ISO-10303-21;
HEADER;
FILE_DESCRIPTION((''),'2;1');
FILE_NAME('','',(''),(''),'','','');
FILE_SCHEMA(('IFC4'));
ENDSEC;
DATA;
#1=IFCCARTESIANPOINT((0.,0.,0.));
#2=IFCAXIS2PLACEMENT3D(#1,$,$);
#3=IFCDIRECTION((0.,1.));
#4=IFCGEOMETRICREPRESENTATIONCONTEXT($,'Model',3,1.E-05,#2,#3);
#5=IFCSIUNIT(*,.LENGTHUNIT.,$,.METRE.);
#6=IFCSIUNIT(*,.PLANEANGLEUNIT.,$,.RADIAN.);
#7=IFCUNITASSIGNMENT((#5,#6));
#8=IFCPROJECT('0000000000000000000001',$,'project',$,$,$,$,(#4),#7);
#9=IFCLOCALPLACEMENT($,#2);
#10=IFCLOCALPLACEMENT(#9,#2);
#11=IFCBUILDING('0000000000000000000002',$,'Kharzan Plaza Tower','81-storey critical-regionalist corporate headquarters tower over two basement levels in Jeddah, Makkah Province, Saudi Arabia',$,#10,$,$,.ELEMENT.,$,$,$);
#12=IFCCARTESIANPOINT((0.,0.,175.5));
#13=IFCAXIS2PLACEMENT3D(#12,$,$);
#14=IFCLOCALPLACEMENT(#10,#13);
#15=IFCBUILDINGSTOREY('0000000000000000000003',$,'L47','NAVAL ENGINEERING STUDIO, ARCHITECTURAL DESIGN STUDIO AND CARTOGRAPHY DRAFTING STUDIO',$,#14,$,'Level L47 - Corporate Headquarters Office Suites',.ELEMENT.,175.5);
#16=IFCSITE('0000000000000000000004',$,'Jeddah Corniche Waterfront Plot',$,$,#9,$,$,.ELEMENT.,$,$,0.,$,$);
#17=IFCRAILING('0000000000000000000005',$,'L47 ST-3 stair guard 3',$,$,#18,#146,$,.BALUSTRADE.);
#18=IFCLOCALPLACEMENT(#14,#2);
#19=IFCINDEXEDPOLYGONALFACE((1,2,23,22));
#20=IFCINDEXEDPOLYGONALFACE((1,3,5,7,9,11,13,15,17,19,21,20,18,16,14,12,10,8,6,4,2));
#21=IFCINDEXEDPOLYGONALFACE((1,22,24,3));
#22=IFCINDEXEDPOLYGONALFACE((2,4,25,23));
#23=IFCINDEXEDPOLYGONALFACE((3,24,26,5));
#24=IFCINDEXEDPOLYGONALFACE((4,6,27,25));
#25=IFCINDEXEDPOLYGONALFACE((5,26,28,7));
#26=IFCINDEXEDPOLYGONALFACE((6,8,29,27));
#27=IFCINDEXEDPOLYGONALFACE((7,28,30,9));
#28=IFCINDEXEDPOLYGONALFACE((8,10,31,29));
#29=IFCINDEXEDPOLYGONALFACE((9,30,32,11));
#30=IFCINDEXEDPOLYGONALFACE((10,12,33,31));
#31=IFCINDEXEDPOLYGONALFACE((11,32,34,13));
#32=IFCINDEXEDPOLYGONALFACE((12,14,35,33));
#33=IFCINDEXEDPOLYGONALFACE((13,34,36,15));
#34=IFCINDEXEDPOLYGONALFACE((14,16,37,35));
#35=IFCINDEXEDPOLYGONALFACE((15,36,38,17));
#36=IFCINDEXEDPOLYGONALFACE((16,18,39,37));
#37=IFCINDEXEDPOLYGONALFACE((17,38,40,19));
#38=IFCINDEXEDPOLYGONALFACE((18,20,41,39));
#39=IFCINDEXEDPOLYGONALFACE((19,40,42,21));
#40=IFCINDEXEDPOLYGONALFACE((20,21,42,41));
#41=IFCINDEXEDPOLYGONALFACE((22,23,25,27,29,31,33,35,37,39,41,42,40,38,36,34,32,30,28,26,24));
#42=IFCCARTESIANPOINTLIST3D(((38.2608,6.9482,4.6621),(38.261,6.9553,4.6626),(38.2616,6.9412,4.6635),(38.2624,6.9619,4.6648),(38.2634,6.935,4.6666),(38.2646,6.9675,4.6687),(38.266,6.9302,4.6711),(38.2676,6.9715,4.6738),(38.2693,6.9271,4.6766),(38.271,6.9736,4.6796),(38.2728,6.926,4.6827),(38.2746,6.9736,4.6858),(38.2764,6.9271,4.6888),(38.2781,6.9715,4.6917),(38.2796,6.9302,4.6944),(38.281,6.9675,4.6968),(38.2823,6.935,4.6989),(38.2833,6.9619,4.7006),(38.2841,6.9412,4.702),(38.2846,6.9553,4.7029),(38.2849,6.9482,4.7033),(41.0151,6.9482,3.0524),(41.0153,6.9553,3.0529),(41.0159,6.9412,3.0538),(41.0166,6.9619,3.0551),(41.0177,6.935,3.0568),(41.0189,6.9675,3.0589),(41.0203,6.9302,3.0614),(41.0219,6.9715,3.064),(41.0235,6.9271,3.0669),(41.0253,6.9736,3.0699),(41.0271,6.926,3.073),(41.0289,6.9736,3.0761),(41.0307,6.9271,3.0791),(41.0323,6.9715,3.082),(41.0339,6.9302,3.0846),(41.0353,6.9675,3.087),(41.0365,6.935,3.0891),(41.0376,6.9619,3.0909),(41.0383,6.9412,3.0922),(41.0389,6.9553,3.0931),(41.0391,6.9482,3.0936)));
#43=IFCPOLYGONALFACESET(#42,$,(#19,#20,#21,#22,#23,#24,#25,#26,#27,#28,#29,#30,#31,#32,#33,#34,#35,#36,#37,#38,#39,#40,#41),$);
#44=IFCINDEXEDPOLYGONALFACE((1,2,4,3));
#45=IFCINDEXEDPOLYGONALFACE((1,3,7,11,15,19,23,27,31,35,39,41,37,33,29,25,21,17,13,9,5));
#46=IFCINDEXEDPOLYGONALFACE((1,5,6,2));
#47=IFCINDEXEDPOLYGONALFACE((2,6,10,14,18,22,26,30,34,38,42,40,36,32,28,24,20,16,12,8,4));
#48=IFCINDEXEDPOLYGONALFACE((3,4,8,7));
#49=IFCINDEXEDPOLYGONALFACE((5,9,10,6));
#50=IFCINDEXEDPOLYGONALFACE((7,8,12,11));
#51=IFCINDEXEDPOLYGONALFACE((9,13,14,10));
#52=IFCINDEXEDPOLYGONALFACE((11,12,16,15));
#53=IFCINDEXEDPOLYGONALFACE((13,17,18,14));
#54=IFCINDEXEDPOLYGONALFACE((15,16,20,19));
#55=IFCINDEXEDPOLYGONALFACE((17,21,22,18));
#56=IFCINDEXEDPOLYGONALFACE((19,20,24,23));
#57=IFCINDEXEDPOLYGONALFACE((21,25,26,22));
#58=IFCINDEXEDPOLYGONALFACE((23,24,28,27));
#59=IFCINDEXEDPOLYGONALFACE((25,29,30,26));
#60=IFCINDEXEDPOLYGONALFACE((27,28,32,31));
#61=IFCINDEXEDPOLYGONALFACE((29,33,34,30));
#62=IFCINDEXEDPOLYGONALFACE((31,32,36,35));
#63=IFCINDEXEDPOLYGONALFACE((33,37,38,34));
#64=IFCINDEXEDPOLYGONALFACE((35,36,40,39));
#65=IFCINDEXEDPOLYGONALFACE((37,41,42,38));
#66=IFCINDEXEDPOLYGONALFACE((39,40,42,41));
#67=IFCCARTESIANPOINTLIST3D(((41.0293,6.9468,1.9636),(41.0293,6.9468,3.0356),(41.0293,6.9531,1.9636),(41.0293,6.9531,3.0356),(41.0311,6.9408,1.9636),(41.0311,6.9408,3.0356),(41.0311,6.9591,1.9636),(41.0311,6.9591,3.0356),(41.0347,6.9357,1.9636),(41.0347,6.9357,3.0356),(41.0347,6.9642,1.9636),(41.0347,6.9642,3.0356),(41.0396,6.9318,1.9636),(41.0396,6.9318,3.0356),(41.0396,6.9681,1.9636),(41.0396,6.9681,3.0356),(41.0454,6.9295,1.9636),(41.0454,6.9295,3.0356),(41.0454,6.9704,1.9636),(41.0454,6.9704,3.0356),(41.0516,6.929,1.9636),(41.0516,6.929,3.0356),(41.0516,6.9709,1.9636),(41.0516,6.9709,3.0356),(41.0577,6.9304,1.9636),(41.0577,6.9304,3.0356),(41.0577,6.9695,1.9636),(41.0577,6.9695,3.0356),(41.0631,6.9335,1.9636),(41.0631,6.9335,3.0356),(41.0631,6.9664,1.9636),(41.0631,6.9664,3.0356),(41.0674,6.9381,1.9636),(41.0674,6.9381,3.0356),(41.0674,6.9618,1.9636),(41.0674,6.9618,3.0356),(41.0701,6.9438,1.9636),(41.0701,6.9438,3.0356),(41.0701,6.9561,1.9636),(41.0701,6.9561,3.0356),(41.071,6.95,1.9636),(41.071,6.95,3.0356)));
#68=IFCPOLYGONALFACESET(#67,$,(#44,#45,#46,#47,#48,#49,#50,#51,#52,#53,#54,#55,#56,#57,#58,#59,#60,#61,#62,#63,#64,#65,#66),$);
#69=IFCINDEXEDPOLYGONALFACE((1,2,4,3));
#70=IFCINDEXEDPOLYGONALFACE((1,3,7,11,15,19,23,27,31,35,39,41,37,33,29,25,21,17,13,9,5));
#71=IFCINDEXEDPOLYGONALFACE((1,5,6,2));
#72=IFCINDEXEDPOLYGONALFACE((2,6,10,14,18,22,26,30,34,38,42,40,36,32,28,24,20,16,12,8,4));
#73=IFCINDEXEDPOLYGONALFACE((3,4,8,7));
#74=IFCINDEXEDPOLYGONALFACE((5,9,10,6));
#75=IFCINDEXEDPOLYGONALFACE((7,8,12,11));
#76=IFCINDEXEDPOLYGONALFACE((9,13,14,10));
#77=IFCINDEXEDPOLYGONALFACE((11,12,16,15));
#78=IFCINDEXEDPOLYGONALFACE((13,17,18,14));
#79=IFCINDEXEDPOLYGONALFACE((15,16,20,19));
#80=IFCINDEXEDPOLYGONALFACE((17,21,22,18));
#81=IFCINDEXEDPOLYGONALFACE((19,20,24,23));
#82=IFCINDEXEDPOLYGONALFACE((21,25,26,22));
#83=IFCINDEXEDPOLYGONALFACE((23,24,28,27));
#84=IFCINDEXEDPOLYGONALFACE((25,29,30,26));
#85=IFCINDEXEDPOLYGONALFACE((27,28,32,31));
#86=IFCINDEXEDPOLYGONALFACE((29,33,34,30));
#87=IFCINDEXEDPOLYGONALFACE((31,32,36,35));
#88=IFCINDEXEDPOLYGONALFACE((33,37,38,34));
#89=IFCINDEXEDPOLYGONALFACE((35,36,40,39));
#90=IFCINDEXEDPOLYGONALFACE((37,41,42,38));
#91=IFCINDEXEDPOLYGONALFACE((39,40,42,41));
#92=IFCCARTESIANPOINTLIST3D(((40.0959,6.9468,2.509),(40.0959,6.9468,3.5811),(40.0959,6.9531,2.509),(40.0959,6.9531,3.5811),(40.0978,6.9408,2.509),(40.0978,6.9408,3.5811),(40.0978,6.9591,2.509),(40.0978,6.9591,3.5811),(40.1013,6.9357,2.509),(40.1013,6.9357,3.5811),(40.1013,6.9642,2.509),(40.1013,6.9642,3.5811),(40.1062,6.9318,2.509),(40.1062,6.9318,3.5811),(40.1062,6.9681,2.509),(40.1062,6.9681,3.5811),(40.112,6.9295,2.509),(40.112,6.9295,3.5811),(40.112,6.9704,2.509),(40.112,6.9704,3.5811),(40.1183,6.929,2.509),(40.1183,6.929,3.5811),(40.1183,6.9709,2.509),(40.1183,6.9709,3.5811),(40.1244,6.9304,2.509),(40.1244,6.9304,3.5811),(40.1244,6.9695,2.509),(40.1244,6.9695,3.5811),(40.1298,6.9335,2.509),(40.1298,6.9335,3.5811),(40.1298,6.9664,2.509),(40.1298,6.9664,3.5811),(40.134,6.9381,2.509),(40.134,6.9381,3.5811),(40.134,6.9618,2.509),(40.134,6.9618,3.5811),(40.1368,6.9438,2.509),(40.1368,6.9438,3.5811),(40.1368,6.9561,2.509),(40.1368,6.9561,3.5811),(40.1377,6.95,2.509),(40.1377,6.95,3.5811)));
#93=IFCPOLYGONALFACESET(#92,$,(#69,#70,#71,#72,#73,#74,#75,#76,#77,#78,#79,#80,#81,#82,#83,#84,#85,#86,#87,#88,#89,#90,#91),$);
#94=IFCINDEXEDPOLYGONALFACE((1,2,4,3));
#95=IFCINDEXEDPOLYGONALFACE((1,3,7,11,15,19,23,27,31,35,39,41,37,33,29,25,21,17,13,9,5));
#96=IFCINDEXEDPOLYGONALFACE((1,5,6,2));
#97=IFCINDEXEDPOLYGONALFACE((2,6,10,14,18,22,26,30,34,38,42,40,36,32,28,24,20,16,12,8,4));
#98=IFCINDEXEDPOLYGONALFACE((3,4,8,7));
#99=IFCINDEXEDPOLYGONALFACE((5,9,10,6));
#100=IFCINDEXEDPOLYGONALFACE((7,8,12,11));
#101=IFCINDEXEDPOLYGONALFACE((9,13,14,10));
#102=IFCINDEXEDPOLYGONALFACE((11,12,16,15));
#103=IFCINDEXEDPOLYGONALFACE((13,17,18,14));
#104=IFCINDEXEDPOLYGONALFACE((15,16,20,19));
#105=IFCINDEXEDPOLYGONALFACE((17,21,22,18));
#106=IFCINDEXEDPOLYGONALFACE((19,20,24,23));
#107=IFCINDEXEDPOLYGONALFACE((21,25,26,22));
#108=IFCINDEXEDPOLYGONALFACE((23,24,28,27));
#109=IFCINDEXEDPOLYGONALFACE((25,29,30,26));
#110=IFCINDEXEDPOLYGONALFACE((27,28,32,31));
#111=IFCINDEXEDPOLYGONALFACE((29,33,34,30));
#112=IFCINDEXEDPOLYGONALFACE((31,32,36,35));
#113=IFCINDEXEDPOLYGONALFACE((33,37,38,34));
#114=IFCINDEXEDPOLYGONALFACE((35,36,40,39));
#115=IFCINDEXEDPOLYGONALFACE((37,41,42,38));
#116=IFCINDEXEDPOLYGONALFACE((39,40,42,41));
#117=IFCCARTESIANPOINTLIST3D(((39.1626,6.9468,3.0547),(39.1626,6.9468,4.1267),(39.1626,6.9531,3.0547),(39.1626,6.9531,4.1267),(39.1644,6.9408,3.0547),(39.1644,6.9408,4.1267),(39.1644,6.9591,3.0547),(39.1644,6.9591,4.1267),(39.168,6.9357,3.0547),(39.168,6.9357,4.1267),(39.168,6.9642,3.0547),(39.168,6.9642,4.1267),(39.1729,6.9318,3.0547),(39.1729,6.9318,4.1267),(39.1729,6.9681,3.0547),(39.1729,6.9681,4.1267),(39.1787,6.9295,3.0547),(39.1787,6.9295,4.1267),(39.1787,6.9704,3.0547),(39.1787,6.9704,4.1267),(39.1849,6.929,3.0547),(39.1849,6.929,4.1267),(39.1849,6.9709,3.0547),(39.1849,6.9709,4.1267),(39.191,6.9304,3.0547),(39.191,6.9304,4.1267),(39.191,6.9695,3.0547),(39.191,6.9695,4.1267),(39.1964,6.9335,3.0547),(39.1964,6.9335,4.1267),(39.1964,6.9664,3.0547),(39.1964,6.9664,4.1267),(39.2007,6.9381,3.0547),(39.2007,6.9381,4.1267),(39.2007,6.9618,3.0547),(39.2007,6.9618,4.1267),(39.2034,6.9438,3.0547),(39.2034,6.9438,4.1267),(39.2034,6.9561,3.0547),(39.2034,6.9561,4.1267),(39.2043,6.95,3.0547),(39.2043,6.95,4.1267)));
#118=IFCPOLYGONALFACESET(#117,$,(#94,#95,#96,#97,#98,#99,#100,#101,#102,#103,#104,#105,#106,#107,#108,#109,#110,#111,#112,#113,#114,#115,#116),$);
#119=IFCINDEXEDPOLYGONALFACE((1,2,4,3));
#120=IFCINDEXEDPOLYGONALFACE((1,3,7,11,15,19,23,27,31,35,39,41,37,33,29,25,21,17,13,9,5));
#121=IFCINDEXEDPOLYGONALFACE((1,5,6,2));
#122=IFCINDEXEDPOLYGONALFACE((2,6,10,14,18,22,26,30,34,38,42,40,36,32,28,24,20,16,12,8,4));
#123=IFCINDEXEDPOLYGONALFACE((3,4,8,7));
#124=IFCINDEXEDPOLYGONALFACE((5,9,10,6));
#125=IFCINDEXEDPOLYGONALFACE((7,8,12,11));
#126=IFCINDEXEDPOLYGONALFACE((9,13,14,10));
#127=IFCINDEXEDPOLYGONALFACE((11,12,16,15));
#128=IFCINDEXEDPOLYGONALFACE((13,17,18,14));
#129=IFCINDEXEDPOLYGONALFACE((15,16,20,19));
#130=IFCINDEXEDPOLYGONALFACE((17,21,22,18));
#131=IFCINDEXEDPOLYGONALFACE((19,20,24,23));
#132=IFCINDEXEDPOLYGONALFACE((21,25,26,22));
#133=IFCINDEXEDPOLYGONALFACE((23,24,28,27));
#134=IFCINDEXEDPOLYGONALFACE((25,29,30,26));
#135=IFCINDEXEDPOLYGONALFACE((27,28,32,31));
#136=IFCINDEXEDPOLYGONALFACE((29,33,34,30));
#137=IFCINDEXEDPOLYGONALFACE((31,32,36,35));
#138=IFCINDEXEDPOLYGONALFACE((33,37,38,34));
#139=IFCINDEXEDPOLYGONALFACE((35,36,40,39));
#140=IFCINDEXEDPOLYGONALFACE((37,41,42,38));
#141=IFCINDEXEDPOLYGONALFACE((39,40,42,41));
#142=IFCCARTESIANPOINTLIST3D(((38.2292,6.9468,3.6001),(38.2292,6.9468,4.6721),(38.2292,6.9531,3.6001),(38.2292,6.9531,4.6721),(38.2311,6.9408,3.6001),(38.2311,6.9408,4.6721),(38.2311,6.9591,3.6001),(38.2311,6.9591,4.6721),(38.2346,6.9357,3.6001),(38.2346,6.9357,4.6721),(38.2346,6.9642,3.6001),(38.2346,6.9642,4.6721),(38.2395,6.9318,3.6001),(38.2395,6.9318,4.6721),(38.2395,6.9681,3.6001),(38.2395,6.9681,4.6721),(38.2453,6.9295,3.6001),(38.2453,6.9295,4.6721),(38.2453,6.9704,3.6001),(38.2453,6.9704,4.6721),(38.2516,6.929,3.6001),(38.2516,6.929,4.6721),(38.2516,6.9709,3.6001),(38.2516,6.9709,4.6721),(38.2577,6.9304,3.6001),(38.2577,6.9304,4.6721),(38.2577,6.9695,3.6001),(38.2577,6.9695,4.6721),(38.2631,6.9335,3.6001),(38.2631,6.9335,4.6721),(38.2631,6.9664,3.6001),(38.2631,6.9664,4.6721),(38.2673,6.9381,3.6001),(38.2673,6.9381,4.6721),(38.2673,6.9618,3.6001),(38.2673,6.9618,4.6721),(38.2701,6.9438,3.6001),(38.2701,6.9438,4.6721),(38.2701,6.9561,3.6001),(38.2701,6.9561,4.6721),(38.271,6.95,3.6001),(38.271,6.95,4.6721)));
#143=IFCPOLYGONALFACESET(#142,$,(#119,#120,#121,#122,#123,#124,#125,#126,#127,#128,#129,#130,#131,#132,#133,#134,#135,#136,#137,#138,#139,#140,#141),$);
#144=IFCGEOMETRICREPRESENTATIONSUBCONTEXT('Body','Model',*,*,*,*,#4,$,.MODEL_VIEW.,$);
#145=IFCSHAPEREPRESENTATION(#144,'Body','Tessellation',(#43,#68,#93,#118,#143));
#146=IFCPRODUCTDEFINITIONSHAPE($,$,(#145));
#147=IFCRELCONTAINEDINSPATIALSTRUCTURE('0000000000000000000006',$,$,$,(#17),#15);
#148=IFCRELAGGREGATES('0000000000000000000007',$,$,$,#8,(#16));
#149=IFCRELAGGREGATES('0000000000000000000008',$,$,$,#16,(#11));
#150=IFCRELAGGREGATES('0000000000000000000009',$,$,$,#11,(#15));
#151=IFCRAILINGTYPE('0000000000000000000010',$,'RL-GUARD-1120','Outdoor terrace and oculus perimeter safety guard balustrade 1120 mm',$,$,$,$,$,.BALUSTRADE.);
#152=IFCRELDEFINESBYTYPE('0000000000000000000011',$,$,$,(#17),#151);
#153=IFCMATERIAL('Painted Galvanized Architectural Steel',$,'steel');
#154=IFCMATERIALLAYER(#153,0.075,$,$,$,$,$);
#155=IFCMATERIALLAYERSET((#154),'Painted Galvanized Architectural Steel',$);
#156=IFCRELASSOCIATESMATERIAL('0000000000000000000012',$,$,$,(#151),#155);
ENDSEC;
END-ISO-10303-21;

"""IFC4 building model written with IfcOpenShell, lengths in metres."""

from ifc_helpers import new_model, si_unit, direction, frame, origin, origin_2d, place, context, subcontext, project, spatial, circle, extrude, source, transform, mapped, material, layer, layer_set, type_object, element, save


model = new_model("IFC4")

# Units and contexts
model_context = context("Model", 3, precision=1e-05, world=origin(), true_north=direction((0.0, 1.0)))
body_context = subcontext(model_context, "Body", "Model", "MODEL_VIEW")
ifc_project = project(units=[si_unit("LENGTHUNIT", "METRE"), si_unit("PLANEANGLEUNIT", "RADIAN")], contexts=[model_context])

# Site, building, storey
site_placement = place(None, origin())
site = spatial("IfcSite", under=ifc_project, at=site_placement, Name="Jeddah Corniche Waterfront Plot", CompositionType="ELEMENT", RefElevation=0.0)
building_placement = place(site_placement, origin())
building = spatial("IfcBuilding", under=site, at=building_placement, Name="Kharzan Plaza Tower", Description="81-storey critical-regionalist corporate headquarters tower over two basement levels in Jeddah, Makkah Province, Saudi Arabia", CompositionType="ELEMENT")
storey_placement = place(building_placement, frame((0.0, 0.0, 175.5)))
storey = spatial("IfcBuildingStorey", under=building, at=storey_placement, Name="L47", Description="NAVAL ENGINEERING STUDIO, ARCHITECTURAL DESIGN STUDIO AND CARTOGRAPHY DRAFTING STUDIO", LongName="Level L47 - Corporate Headquarters Office Suites", CompositionType="ELEMENT", Elevation=175.5)

# Railing
ifc_material_1 = material(Name="Painted Galvanized Architectural Steel", Category="steel")
ifc_layer_1 = layer(ifc_material_1, 0.075)
ifc_layer_set_1 = layer_set([ifc_layer_1], Name="Painted Galvanized Architectural Steel")
railing_type_1 = type_object("IfcRailingType", Name="RL-GUARD-1120", Description="Outdoor terrace and oculus perimeter safety guard balustrade 1120 mm", PredefinedType="BALUSTRADE", material=ifc_layer_set_1)
shared_shape_1 = source(origin(), body_context, "Body", "SweptSolid", [
    extrude(circle(Radius=0.0239, at=origin_2d()), frame((-0.0229, 0.0, 1.1094), z_axis=(-0.863361, 0.0, 0.504587), x_axis=(0.0, -1.0, 0.0)), (0.0, 0.0, 1.0), 3.1902),
    extrude(circle(Radius=0.021, at=origin_2d()), origin(), (0.0, 0.0, 1.0), 1.072),
    extrude(circle(Radius=0.021, at=origin_2d()), frame((-0.9333, 0.0, 0.5454)), (0.0, 0.0, 1.0), 1.072),
    extrude(circle(Radius=0.021, at=origin_2d()), frame((-1.8667, 0.0, 1.0911)), (0.0, 0.0, 1.0), 1.072),
    extrude(circle(Radius=0.021, at=origin_2d()), frame((-2.8, 0.0, 1.6365)), (0.0, 0.0, 1.0), 1.072),
])
railing_1_placement = place(storey_placement, frame((41.05, 6.95, 1.9636)))
element("IfcRailing", 1, at=railing_1_placement, inside=storey, type_object=railing_type_1, Name="L47 ST-3 stair guard 3", PredefinedType="BALUSTRADE", context=body_context, shape_type="MappedRepresentation", body=[
    mapped(shared_shape_1, transform((0.0, 0.0, 0.0), x_axis=(1.0, 0.0, 0.0), y_axis=(0.0, 1.0, 0.0), z_axis=(0.0, 0.0, 1.0))),
])

save(model, "model.ifc")
